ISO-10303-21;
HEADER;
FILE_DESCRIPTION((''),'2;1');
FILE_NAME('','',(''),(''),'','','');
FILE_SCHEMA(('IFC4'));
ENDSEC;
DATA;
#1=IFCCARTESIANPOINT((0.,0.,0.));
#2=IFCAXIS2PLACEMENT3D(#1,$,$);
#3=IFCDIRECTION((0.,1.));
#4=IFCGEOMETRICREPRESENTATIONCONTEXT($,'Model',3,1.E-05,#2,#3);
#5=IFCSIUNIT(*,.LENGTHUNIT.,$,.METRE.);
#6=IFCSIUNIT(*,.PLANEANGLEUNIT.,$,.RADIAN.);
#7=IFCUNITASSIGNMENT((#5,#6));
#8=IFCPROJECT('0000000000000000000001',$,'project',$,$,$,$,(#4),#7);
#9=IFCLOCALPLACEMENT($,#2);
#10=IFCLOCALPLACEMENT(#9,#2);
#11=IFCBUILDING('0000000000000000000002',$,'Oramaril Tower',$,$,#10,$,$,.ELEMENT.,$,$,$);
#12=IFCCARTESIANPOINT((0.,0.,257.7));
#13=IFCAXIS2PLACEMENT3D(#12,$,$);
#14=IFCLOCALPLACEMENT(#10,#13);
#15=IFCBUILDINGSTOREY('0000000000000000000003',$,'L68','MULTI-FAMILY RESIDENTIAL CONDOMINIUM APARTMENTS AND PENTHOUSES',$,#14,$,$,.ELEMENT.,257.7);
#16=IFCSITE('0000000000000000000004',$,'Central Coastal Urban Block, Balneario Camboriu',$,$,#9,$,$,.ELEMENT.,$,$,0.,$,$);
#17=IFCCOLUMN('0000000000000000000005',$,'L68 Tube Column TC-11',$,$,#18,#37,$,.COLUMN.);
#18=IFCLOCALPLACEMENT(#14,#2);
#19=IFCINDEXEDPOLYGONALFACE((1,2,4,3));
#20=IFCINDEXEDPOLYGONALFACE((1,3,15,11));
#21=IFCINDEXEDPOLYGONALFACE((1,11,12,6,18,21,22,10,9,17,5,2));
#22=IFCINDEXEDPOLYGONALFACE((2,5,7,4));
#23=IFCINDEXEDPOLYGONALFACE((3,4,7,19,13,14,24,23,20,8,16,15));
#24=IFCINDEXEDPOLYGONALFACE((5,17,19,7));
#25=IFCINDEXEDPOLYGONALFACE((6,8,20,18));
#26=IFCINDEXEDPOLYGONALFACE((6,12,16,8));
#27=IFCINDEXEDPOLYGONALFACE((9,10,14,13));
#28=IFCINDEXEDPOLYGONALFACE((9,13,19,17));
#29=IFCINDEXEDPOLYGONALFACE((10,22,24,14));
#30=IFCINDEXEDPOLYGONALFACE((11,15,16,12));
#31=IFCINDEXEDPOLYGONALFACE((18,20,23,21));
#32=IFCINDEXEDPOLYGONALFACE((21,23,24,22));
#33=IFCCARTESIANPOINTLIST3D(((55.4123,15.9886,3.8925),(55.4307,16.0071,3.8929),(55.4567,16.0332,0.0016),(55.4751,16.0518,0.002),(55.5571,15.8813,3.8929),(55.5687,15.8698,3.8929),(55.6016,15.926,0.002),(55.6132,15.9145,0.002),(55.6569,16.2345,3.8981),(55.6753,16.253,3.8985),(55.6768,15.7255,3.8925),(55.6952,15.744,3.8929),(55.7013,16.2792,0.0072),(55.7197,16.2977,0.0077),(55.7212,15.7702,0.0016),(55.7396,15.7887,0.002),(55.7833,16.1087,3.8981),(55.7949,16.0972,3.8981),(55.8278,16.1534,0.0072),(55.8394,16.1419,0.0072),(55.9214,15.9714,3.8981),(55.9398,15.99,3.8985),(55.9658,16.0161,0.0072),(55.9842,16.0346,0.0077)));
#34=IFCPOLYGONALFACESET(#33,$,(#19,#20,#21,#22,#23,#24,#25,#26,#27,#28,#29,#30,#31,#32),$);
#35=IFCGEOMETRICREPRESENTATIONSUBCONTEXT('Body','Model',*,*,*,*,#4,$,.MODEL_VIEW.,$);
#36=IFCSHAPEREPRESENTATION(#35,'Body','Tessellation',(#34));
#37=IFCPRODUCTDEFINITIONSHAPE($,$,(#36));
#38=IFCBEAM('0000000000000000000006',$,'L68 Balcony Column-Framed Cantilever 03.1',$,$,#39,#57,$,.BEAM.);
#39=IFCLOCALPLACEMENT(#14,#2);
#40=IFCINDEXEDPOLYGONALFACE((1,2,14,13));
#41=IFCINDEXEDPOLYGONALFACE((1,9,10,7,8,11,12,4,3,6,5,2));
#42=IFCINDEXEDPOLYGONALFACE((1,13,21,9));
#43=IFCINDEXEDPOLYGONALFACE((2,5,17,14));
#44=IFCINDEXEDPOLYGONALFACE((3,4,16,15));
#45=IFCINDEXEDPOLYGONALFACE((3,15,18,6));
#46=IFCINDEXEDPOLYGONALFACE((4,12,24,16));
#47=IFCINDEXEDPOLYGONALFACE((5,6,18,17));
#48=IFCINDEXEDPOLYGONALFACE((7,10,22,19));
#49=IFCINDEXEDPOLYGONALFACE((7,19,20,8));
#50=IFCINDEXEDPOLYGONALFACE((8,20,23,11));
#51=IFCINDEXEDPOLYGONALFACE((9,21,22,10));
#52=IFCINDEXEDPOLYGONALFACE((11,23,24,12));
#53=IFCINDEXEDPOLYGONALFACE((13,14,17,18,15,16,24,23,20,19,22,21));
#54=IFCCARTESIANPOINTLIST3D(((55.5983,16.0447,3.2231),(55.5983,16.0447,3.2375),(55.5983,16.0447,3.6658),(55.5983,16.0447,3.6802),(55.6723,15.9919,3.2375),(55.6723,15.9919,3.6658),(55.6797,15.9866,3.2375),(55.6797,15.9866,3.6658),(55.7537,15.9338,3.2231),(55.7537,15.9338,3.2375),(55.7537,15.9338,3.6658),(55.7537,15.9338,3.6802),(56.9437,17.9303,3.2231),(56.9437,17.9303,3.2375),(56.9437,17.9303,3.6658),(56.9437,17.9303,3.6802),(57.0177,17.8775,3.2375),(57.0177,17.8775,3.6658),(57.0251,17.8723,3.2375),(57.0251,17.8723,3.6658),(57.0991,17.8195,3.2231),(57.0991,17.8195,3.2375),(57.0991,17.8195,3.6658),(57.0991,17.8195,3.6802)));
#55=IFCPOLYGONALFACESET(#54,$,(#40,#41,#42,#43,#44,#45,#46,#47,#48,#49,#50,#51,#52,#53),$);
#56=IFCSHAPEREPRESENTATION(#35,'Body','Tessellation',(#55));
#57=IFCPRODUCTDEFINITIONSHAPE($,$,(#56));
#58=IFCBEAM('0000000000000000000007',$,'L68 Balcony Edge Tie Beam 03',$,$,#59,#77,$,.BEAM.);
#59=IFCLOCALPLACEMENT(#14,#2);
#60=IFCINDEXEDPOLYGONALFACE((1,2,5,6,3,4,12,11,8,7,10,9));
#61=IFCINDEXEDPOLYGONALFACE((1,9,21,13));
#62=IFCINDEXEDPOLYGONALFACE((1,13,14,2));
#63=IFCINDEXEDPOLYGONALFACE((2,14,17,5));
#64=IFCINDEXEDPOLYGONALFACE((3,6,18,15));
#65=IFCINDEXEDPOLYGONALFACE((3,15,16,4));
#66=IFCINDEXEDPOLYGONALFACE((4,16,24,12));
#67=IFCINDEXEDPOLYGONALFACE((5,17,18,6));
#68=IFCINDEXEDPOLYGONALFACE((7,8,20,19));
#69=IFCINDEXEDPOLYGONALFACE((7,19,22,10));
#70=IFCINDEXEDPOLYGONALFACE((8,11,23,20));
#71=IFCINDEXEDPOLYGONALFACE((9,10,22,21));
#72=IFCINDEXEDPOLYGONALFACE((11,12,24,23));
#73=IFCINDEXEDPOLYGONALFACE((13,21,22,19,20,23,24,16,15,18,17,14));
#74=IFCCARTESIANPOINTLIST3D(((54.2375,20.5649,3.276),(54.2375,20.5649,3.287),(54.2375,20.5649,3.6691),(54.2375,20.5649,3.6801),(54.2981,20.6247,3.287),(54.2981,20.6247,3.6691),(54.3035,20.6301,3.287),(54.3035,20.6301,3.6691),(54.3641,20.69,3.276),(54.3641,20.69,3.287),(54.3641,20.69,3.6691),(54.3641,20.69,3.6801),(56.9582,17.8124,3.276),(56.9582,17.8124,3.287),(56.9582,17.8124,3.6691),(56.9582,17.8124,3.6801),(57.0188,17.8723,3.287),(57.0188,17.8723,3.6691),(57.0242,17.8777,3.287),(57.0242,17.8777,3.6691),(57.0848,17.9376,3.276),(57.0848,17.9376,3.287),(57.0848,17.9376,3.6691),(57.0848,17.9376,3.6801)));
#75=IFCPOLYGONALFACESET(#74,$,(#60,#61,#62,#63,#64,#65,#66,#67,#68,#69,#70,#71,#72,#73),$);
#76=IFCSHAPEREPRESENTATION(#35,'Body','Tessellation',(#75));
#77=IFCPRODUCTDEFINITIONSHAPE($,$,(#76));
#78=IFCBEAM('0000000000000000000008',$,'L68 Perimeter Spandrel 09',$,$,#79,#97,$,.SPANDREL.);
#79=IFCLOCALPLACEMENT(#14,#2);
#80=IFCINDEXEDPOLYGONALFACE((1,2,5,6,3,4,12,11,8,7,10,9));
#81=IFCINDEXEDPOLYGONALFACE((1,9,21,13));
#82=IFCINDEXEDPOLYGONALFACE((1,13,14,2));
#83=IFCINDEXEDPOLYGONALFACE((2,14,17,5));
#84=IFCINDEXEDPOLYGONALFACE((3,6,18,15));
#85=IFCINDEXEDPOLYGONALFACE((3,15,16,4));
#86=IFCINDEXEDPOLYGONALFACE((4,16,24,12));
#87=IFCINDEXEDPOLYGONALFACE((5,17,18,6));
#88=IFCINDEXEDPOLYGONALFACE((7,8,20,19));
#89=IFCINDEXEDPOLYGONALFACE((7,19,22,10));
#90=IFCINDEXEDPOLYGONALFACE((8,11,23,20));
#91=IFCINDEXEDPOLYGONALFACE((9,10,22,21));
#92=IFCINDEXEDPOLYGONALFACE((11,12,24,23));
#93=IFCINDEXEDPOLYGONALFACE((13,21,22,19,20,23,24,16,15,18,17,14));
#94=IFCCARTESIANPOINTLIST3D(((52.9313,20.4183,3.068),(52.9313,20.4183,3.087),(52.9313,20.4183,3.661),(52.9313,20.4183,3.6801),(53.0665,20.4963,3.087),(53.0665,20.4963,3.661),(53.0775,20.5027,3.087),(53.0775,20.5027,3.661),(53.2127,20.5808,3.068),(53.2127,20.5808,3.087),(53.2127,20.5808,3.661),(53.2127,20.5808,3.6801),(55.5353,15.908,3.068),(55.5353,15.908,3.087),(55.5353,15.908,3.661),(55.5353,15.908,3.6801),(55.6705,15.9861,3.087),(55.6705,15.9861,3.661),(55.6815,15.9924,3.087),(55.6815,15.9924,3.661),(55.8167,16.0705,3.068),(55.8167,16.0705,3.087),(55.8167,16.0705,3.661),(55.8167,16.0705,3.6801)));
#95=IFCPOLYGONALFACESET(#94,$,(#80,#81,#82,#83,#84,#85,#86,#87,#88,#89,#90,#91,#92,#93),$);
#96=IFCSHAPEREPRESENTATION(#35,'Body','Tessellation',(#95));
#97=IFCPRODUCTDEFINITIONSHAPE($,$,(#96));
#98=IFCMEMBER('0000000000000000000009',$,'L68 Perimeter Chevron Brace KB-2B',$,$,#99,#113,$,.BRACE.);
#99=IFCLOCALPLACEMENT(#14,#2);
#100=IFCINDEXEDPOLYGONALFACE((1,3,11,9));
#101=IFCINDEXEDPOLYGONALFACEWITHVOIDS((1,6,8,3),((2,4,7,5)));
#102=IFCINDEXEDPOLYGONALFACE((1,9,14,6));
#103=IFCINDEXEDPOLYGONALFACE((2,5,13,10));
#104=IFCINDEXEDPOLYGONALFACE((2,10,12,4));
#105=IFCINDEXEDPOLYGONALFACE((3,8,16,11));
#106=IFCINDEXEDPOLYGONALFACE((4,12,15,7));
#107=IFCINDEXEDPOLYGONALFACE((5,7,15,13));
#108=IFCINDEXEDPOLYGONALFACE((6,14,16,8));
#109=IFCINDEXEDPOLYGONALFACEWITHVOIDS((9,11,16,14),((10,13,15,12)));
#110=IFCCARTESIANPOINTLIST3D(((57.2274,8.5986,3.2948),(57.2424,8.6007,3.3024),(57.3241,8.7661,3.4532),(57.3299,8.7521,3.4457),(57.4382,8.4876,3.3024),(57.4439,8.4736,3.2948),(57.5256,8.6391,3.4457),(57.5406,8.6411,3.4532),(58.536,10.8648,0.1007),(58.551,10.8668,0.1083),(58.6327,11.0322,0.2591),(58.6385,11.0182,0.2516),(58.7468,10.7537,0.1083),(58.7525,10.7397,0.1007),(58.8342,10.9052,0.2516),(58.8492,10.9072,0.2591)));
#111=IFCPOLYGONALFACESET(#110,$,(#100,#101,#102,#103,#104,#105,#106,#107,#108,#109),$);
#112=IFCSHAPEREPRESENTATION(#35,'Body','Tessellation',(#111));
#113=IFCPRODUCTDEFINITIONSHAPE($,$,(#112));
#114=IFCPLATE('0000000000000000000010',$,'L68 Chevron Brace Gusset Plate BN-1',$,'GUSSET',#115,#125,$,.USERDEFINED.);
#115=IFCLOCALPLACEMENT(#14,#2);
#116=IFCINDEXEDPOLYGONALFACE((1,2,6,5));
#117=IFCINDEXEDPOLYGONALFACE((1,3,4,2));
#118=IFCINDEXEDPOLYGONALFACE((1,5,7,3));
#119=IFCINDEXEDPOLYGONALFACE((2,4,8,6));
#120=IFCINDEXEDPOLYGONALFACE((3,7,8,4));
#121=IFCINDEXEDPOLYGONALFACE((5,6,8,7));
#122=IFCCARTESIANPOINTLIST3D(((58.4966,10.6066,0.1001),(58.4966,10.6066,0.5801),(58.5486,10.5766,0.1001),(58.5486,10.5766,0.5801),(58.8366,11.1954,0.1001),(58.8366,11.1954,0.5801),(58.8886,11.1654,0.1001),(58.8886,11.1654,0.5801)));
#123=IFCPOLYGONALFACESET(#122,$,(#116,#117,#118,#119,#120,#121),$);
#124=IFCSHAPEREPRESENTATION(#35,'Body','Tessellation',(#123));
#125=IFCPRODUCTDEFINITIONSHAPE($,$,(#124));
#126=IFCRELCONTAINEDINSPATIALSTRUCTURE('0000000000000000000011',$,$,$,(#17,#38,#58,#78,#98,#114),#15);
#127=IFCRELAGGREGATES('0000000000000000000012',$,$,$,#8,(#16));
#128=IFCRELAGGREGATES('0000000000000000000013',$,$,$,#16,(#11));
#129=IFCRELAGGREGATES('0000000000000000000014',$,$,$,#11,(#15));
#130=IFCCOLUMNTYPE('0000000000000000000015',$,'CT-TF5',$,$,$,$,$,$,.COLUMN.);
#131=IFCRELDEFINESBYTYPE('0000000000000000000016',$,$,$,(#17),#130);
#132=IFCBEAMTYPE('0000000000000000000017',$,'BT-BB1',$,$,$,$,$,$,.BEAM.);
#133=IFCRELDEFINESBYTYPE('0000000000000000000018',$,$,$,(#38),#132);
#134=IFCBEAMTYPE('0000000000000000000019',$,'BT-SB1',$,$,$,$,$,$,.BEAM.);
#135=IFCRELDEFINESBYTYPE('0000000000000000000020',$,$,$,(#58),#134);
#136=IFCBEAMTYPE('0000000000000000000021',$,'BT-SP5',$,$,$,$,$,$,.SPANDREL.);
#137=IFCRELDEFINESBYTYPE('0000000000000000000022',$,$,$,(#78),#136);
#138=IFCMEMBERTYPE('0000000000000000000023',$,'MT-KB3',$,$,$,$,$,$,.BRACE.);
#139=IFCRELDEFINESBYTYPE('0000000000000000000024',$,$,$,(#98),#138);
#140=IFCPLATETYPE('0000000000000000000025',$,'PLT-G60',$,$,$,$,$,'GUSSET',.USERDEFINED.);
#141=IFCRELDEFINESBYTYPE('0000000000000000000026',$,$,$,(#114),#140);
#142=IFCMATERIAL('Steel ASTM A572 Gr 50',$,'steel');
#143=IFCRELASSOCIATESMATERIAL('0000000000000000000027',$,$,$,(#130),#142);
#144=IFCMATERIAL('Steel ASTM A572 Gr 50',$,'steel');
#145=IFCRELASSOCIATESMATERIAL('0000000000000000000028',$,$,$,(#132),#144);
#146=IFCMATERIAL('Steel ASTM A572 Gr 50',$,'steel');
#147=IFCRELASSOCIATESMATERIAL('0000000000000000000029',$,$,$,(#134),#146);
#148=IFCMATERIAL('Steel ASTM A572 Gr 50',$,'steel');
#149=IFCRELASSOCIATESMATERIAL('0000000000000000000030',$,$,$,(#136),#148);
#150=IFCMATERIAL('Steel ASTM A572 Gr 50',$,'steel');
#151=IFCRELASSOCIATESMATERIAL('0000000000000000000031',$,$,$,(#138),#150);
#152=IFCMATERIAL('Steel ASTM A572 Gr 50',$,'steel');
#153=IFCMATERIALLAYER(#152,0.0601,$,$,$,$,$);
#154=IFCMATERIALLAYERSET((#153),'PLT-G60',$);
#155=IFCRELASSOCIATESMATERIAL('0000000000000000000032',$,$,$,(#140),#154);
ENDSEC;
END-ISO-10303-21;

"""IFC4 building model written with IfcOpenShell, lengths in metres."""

from ifc_helpers import new_model, si_unit, direction, frame, origin, origin_2d, place, context, subcontext, project, spatial, rectangle, hollow_rectangle, i_section, extrude, material, layer, layer_set, material_profile, profile_set, type_object, element, save


model = new_model("IFC4")

# Units and contexts
model_context = context("Model", 3, precision=1e-05, world=origin(), true_north=direction((0.0, 1.0)))
body_context = subcontext(model_context, "Body", "Model", "MODEL_VIEW")
ifc_project = project(units=[si_unit("LENGTHUNIT", "METRE"), si_unit("PLANEANGLEUNIT", "RADIAN")], contexts=[model_context])

# Site, building, storey
site_placement = place(None, origin())
site = spatial("IfcSite", under=ifc_project, at=site_placement, Name="Central Coastal Urban Block, Balneario Camboriu", CompositionType="ELEMENT", RefElevation=0.0)
building_placement = place(site_placement, origin())
building = spatial("IfcBuilding", under=site, at=building_placement, Name="Oramaril Tower", CompositionType="ELEMENT")
storey_placement = place(building_placement, frame((0.0, 0.0, 257.7)))
storey = spatial("IfcBuildingStorey", under=building, at=storey_placement, Name="L68", Description="MULTI-FAMILY RESIDENTIAL CONDOMINIUM APARTMENTS AND PENTHOUSES", CompositionType="ELEMENT", Elevation=257.7)

# Column
ifc_material_1 = material(Name="Steel ASTM A572 Gr 50", Category="steel")
ifc_material_profile_1 = material_profile(ifc_material_1, i_section(OverallWidth=0.373, OverallDepth=0.373, WebThickness=0.0164, FlangeThickness=0.0261, at=origin_2d()), Name="W14X132")
ifc_profile_set_1 = profile_set([ifc_material_profile_1], Name="Steel ASTM A572 Gr 50")
column_type = type_object("IfcColumnType", Name="CT-TF5", PredefinedType="COLUMN", material=ifc_profile_set_1)
column_placement = place(storey_placement, frame((55.7205, 16.0339, 0.0046), z_axis=(-0.011418, -0.011481, 0.999869), x_axis=(0.709041, -0.705167, 0.0)))
element("IfcColumn", 1, at=column_placement, inside=storey, type_object=column_type, Name="L68 Tube Column TC-11", PredefinedType="COLUMN", context=body_context, shape_type="SweptSolid", body=[
    extrude(i_section(OverallWidth=0.373, OverallDepth=0.373, WebThickness=0.0164, FlangeThickness=0.0261, at=origin_2d()), origin(), (0.0, 0.0, 1.0), 3.8914),
])

# Beams
ifc_material_2 = material(Name="Steel ASTM A572 Gr 50", Category="steel")
ifc_material_profile_2 = material_profile(ifc_material_2, i_section(OverallWidth=0.1909, OverallDepth=0.457, WebThickness=0.009, FlangeThickness=0.0144, at=origin_2d()), Name="W18X50")
ifc_profile_set_2 = profile_set([ifc_material_profile_2], Name="Steel ASTM A572 Gr 50")
beam_type_1 = type_object("IfcBeamType", Name="BT-BB1", PredefinedType="BEAM", material=ifc_profile_set_2)
beam_1_placement = place(storey_placement, frame((55.676, 15.9893, 3.4517), z_axis=(0.580809, 0.81404, 0.0), x_axis=(-0.81404, 0.580809, 0.0)))
element("IfcBeam", 2, at=beam_1_placement, inside=storey, type_object=beam_type_1, Name="L68 Balcony Column-Framed Cantilever 03.1", PredefinedType="BEAM", context=body_context, shape_type="SweptSolid", body=[
    extrude(i_section(OverallWidth=0.1909, OverallDepth=0.457, WebThickness=0.009, FlangeThickness=0.0144, at=origin_2d()), origin(), (0.0, 0.0, 1.0), 2.3164),
])
ifc_material_3 = material(Name="Steel ASTM A572 Gr 50", Category="steel")
ifc_material_profile_3 = material_profile(ifc_material_3, i_section(OverallWidth=0.178, OverallDepth=0.4041, WebThickness=0.0076, FlangeThickness=0.011, at=origin_2d()), Name="W16X36")
ifc_profile_set_3 = profile_set([ifc_material_profile_3], Name="Steel ASTM A572 Gr 50")
beam_type_2 = type_object("IfcBeamType", Name="BT-SB1", PredefinedType="BEAM", material=ifc_profile_set_3)
beam_2_placement = place(storey_placement, frame((57.0215, 17.875, 3.478), z_axis=(-0.702995, 0.711195, 0.0), x_axis=(-0.711195, -0.702995, 0.0)))
element("IfcBeam", 3, at=beam_2_placement, inside=storey, type_object=beam_type_2, Name="L68 Balcony Edge Tie Beam 03", PredefinedType="BEAM", context=body_context, shape_type="SweptSolid", body=[
    extrude(i_section(OverallWidth=0.178, OverallDepth=0.4041, WebThickness=0.0076, FlangeThickness=0.011, at=origin_2d()), origin(), (0.0, 0.0, 1.0), 3.8701),
])
ifc_material_4 = material(Name="Steel ASTM A572 Gr 50", Category="steel")
ifc_material_profile_4 = material_profile(ifc_material_4, i_section(OverallWidth=0.325, OverallDepth=0.6121, WebThickness=0.0127, FlangeThickness=0.019, at=origin_2d()), Name="W24X104")
ifc_profile_set_4 = profile_set([ifc_material_profile_4], Name="Steel ASTM A572 Gr 50")
beam_type_3 = type_object("IfcBeamType", Name="BT-SP5", PredefinedType="SPANDREL", material=ifc_profile_set_4)
beam_3_placement = place(storey_placement, frame((55.676, 15.9893, 3.374), z_axis=(-0.500001, 0.866025, 0.0), x_axis=(-0.866025, -0.500001, 0.0)))
element("IfcBeam", 4, at=beam_3_placement, inside=storey, type_object=beam_type_3, Name="L68 Perimeter Spandrel 09", PredefinedType="SPANDREL", context=body_context, shape_type="SweptSolid", body=[
    extrude(i_section(OverallWidth=0.325, OverallDepth=0.6121, WebThickness=0.0127, FlangeThickness=0.019, at=origin_2d()), origin(), (0.0, 0.0, 1.0), 5.208),
])

# Member
ifc_material_5 = material(Name="Steel ASTM A572 Gr 50", Category="steel")
ifc_material_profile_5 = material_profile(ifc_material_5, hollow_rectangle(XDim=0.25, YDim=0.25, WallThickness=0.012, at=origin_2d()), Name="HSS250X250X12")
ifc_profile_set_5 = profile_set([ifc_material_profile_5], Name="Steel ASTM A572 Gr 50")
member_type = type_object("IfcMemberType", Name="MT-KB3", PredefinedType="BRACE", material=ifc_profile_set_5)
member_placement = place(storey_placement, frame((58.6926, 10.886, 0.1799), z_axis=(-0.316916, -0.548808, 0.773546), x_axis=(0.865984, -0.500072, 0.0)))
element("IfcMember", 5, at=member_placement, inside=storey, type_object=member_type, Name="L68 Perimeter Chevron Brace KB-2B", PredefinedType="BRACE", context=body_context, shape_type="SweptSolid", body=[
    extrude(hollow_rectangle(XDim=0.25, YDim=0.25, WallThickness=0.012, at=origin_2d()), origin(), (0.0, 0.0, 1.0), 4.1292),
])

# Plate
ifc_material_6 = material(Name="Steel ASTM A572 Gr 50", Category="steel")
ifc_layer_1 = layer(ifc_material_6, 0.0601)
ifc_layer_set_1 = layer_set([ifc_layer_1], Name="PLT-G60")
plate_type = type_object("IfcPlateType", Name="PLT-G60", ElementType="GUSSET", PredefinedType="USERDEFINED", material=ifc_layer_set_1)
plate_placement = place(storey_placement, frame((58.6926, 10.886, 0.1001), z_axis=(0.0, 0.0, 1.0), x_axis=(0.500009, 0.86602, 0.0)))
element("IfcPlate", 6, at=plate_placement, inside=storey, type_object=plate_type, Name="L68 Chevron Brace Gusset Plate BN-1", ObjectType="GUSSET", PredefinedType="USERDEFINED", context=body_context, shape_type="SweptSolid", body=[
    extrude(rectangle(XDim=0.6799, YDim=0.0601, at=origin_2d()), origin(), (0.0, 0.0, 1.0), 0.48),
])

save(model, "model.ifc")
